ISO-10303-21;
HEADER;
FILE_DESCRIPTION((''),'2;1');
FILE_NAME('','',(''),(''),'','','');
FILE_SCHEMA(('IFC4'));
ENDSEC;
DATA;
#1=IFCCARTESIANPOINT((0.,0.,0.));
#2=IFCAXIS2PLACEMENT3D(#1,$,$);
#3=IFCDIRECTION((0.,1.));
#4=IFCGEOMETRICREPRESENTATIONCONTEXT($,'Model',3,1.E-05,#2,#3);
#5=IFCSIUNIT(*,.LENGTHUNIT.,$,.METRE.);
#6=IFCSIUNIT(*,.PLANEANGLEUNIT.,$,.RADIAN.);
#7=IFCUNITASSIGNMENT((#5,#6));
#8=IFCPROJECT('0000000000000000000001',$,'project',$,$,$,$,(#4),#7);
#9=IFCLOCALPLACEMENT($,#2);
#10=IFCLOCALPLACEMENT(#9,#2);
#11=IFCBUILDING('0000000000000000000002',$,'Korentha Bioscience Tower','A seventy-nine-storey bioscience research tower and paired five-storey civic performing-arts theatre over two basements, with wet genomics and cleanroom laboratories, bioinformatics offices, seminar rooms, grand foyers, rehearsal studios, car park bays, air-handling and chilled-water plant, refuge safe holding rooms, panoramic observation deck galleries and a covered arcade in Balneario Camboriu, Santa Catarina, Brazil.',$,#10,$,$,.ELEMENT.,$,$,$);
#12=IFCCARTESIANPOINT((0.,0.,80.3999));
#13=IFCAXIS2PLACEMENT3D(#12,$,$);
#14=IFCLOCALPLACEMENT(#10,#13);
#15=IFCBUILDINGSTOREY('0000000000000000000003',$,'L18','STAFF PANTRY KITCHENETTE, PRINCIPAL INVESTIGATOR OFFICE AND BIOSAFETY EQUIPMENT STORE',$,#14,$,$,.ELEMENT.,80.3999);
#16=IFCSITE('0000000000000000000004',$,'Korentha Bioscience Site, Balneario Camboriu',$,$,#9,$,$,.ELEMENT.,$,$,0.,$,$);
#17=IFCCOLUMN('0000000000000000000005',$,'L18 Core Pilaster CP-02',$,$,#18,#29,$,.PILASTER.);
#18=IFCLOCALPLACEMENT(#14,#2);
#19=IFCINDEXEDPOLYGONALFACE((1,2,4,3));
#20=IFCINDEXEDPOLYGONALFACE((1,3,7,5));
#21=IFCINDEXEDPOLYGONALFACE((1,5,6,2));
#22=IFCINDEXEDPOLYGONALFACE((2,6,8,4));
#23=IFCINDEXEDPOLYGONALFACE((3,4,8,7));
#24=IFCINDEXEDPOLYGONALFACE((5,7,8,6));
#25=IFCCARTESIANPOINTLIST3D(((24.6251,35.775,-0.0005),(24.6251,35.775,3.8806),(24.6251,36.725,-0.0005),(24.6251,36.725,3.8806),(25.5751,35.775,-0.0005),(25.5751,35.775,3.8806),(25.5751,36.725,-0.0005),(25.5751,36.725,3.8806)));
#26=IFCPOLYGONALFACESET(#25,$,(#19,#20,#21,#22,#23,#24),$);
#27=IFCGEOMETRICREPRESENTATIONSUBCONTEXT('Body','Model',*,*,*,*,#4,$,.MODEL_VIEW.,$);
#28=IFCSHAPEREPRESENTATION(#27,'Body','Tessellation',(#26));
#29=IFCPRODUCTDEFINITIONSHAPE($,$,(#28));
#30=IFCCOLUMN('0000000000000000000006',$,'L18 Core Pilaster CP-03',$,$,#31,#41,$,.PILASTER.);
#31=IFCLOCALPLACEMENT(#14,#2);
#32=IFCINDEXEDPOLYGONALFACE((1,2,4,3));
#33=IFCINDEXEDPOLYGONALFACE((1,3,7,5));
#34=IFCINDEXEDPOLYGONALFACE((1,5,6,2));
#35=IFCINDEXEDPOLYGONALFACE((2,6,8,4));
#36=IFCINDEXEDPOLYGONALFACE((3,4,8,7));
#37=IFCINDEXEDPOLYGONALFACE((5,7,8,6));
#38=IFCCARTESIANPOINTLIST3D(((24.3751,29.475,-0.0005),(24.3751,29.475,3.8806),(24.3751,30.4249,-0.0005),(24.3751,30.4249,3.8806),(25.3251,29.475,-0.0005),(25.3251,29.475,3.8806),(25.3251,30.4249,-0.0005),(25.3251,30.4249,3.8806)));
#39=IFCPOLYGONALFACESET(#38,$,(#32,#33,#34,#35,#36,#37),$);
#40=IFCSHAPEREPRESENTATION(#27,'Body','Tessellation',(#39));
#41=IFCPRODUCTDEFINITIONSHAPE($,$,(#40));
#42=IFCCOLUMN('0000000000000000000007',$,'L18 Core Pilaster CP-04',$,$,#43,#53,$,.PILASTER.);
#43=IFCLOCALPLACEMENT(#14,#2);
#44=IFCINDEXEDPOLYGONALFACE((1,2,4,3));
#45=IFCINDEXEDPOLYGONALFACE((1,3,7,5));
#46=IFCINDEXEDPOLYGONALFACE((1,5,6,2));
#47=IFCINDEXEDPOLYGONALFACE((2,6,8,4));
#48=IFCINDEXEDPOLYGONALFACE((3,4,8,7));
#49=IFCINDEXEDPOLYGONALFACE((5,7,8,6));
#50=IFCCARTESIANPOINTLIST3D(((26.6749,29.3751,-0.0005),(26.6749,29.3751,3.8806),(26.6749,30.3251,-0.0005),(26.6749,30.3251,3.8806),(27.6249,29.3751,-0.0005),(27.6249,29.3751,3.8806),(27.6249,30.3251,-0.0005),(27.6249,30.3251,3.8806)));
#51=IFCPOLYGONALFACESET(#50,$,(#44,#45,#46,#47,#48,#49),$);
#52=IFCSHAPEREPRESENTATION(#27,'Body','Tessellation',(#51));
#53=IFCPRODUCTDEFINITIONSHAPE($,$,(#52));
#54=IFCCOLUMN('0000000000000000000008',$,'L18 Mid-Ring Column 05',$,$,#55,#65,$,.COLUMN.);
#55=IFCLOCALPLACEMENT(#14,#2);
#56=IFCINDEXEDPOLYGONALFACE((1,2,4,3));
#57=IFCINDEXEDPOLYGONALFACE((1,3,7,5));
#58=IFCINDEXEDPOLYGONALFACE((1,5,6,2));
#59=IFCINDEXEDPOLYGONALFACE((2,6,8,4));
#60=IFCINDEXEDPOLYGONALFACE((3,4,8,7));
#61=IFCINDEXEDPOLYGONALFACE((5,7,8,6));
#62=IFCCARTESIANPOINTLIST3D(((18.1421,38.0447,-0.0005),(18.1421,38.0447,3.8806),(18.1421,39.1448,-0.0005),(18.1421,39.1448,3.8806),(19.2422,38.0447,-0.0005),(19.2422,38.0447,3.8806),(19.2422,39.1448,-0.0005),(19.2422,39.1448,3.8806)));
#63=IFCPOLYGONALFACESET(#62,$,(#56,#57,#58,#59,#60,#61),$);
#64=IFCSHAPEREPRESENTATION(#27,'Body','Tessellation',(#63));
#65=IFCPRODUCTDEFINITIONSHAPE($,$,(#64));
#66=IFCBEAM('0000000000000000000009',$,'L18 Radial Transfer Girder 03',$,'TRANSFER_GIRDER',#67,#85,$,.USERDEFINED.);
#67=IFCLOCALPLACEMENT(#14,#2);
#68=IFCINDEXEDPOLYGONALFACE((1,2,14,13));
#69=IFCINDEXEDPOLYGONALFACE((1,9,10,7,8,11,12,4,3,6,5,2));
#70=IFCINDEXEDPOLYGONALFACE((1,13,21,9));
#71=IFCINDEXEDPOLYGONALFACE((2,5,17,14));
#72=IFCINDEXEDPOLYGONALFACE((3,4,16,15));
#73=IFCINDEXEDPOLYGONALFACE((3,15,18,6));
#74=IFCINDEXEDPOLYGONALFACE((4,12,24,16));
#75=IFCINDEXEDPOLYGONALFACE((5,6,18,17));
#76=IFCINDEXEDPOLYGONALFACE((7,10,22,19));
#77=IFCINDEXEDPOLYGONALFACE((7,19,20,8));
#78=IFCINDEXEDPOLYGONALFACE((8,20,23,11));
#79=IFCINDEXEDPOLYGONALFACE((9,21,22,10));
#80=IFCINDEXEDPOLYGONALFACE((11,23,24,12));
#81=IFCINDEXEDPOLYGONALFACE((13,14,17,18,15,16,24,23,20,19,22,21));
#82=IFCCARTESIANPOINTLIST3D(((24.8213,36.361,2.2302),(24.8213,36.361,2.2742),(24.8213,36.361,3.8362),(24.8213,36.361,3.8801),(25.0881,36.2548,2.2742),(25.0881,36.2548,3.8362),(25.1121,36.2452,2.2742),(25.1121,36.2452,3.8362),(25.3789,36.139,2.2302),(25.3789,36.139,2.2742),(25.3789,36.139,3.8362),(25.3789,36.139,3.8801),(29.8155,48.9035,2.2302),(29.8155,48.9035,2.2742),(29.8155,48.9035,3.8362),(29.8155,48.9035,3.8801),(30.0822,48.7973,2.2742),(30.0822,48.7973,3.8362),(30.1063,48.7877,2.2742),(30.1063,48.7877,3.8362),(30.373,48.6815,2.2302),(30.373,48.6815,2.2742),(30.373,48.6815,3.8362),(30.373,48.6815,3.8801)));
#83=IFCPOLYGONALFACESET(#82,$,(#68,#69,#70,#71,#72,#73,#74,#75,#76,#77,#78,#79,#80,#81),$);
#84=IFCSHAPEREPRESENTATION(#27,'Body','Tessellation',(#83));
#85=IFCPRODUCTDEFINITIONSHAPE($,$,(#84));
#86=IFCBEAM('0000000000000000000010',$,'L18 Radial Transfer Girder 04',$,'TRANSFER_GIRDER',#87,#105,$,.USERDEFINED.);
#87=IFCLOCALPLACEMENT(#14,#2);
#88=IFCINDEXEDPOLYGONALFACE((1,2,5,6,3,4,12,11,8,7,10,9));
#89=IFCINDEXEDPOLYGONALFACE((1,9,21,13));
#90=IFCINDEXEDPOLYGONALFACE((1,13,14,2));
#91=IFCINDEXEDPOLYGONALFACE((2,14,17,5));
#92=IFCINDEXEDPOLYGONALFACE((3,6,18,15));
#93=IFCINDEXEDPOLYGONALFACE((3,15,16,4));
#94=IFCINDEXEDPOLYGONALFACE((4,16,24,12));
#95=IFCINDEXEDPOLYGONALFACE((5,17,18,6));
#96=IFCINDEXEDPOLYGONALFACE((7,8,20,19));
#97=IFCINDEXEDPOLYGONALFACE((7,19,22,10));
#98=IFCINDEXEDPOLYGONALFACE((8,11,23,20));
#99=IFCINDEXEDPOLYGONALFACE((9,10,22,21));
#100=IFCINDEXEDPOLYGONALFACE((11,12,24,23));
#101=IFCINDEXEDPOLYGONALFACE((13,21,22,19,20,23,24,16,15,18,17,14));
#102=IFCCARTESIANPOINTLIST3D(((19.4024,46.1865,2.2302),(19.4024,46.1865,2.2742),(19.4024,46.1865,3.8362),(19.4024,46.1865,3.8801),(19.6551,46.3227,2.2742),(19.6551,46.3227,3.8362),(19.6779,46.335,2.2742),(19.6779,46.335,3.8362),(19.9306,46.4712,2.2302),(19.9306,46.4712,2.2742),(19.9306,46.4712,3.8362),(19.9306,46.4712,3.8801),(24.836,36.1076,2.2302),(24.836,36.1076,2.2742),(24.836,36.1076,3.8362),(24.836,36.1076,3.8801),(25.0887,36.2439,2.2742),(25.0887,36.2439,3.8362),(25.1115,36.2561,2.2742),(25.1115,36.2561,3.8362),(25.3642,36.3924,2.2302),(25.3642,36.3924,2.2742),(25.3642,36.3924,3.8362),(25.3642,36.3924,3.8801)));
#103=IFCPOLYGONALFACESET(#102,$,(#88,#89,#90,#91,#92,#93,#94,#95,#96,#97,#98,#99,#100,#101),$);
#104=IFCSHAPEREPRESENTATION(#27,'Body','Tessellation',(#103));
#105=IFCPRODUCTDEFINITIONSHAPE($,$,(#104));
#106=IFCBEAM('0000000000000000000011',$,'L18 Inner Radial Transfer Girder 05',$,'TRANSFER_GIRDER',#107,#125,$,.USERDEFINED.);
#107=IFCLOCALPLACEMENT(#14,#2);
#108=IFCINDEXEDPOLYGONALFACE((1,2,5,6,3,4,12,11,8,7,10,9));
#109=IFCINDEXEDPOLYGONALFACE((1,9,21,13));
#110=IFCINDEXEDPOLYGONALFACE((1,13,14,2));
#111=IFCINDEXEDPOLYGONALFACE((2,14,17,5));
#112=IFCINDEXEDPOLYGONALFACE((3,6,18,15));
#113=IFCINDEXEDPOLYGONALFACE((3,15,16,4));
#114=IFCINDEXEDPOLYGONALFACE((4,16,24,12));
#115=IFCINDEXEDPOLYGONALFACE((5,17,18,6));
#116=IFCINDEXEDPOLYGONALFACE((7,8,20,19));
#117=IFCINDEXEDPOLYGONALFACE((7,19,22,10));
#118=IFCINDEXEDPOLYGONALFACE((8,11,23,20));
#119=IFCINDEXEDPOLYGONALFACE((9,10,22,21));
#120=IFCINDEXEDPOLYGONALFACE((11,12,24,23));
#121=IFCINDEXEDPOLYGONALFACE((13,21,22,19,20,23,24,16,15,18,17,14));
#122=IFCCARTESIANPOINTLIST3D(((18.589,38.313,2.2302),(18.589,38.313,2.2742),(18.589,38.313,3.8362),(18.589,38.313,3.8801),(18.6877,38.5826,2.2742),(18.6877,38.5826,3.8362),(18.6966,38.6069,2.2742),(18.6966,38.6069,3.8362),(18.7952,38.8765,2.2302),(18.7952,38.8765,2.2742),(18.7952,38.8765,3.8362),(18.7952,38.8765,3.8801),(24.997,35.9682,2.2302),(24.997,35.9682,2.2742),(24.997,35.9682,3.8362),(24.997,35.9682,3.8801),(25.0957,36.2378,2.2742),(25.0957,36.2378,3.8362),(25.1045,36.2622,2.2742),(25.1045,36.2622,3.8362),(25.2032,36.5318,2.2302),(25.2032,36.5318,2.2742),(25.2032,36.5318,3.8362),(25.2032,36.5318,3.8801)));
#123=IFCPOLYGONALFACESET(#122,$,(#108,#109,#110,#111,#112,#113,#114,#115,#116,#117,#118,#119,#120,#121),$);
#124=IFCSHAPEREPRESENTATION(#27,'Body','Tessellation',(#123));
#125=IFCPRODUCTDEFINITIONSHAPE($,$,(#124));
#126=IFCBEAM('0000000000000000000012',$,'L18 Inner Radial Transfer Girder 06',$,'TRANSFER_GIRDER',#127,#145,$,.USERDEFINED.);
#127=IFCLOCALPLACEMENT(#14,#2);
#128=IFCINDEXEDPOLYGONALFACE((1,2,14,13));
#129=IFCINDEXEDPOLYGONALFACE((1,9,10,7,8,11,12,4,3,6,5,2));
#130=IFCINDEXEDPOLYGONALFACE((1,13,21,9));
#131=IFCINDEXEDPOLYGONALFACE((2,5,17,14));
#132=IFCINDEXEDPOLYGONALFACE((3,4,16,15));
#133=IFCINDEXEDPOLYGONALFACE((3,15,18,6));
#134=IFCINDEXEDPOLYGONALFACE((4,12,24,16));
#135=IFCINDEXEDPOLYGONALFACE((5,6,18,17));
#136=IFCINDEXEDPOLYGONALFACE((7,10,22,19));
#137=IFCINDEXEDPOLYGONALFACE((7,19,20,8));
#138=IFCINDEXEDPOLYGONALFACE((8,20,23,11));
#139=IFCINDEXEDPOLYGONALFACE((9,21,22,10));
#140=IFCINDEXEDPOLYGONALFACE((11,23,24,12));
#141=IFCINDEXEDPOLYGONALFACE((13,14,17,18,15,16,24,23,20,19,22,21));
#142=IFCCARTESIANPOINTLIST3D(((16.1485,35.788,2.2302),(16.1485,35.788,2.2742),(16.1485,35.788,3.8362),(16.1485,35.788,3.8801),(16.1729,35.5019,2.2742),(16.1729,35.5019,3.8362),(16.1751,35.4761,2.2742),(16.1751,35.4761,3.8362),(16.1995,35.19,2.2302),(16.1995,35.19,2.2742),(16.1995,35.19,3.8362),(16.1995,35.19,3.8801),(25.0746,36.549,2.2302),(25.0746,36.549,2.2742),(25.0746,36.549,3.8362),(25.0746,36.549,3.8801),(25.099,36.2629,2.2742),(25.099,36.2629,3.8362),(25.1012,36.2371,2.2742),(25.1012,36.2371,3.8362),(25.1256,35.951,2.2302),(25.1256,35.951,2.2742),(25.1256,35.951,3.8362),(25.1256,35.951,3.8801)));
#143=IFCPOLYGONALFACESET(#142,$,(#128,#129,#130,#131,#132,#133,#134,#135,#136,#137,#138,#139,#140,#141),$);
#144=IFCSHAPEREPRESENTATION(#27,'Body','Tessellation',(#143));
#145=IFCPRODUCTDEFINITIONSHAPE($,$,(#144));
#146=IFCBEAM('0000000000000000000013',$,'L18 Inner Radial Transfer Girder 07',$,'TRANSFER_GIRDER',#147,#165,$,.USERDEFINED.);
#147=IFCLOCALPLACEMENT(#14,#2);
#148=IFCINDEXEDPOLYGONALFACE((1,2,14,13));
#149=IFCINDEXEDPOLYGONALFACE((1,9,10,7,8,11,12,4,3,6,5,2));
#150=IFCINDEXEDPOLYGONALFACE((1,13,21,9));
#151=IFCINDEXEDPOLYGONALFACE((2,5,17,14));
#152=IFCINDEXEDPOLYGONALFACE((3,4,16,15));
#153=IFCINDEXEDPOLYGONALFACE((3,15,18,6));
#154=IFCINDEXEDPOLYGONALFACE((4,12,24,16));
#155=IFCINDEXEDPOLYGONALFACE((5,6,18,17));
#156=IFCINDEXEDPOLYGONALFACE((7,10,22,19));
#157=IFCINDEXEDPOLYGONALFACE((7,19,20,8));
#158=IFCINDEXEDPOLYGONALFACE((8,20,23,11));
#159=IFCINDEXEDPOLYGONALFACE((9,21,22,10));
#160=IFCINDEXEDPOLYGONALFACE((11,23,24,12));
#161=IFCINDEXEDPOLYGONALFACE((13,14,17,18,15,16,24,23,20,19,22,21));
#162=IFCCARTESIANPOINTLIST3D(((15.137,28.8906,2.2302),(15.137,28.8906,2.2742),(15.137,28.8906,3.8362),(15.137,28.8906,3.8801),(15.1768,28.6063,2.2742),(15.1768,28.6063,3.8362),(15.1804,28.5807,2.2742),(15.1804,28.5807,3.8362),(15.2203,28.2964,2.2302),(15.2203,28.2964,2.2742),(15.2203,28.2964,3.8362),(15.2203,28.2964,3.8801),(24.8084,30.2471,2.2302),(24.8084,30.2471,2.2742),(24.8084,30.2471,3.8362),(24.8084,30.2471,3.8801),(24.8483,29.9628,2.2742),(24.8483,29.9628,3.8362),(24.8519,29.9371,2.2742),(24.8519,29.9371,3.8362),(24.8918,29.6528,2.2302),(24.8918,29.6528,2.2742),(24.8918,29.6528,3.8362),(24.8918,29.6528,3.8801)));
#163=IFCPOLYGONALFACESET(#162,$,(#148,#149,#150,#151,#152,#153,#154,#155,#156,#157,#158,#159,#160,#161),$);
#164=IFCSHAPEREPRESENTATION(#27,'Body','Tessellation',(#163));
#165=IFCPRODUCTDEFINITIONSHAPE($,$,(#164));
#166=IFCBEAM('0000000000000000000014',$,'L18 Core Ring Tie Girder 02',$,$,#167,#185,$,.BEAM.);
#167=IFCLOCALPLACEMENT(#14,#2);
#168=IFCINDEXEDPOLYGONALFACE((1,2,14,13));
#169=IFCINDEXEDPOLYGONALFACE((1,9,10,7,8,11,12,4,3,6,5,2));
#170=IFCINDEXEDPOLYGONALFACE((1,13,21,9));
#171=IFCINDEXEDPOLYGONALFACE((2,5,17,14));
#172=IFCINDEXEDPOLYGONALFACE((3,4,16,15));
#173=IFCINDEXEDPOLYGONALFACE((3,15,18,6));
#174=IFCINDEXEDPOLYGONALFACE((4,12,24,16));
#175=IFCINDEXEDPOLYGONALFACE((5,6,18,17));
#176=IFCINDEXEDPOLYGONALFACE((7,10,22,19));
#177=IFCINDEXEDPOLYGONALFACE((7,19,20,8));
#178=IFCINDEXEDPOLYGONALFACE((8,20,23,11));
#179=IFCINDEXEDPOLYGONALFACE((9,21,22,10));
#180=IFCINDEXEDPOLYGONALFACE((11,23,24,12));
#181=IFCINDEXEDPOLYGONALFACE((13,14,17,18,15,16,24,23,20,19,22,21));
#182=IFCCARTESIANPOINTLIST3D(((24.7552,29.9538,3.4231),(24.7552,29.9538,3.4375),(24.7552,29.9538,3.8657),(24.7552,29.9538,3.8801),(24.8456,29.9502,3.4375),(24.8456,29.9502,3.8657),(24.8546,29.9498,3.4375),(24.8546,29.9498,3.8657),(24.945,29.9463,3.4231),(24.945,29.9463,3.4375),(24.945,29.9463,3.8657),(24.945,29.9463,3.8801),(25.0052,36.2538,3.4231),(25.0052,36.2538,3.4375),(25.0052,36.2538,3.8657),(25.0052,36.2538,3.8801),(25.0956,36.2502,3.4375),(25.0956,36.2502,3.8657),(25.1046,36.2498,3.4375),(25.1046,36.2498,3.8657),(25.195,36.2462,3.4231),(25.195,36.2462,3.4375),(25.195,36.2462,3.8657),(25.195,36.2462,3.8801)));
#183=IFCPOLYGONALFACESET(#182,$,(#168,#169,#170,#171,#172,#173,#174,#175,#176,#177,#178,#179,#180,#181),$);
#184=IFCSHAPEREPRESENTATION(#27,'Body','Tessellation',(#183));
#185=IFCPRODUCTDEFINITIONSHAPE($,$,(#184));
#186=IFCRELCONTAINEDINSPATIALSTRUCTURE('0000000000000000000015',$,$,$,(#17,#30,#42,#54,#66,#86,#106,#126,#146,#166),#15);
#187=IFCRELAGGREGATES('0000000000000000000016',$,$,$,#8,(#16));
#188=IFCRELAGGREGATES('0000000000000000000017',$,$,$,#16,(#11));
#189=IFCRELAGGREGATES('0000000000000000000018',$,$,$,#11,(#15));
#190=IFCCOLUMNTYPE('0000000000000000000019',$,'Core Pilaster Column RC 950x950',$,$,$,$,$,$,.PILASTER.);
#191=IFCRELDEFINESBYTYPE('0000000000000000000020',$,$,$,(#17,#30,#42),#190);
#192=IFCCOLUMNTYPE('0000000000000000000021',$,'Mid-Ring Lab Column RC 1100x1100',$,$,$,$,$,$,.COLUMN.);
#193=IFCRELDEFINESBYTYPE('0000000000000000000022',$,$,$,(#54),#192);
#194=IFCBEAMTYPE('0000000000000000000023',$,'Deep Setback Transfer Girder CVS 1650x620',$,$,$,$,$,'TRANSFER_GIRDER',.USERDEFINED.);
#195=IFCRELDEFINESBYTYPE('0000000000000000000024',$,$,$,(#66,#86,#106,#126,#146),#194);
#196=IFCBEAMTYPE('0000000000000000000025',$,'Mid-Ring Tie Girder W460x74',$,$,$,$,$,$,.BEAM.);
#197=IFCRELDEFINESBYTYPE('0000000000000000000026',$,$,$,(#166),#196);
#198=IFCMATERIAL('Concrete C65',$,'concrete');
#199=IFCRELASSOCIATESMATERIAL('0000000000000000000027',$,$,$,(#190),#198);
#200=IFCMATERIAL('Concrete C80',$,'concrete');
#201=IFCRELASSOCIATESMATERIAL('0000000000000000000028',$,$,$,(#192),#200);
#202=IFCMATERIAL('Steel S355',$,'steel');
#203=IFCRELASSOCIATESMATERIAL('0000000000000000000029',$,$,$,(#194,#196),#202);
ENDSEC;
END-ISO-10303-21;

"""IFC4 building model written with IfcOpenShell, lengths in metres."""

from ifc_helpers import new_model, si_unit, direction, frame, origin, origin_2d, place, context, subcontext, project, spatial, rectangle, i_section, extrude, material, material_profile, profile_set, type_object, element, save


model = new_model("IFC4")

# Units and contexts
model_context = context("Model", 3, precision=1e-05, world=origin(), true_north=direction((0.0, 1.0)))
body_context = subcontext(model_context, "Body", "Model", "MODEL_VIEW")
ifc_project = project(units=[si_unit("LENGTHUNIT", "METRE"), si_unit("PLANEANGLEUNIT", "RADIAN")], contexts=[model_context])

# Site, building, storey
site_placement = place(None, origin())
site = spatial("IfcSite", under=ifc_project, at=site_placement, Name="Korentha Bioscience Site, Balneario Camboriu", CompositionType="ELEMENT", RefElevation=0.0)
building_placement = place(site_placement, origin())
building = spatial("IfcBuilding", under=site, at=building_placement, Name="Korentha Bioscience Tower", Description="A seventy-nine-storey bioscience research tower and paired five-storey civic performing-arts theatre over two basements, with wet genomics and cleanroom laboratories, bioinformatics offices, seminar rooms, grand foyers, rehearsal studios, car park bays, air-handling and chilled-water plant, refuge safe holding rooms, panoramic observation deck galleries and a covered arcade in Balneario Camboriu, Santa Catarina, Brazil.", CompositionType="ELEMENT")
storey_placement = place(building_placement, frame((0.0, 0.0, 80.3999)))
storey = spatial("IfcBuildingStorey", under=building, at=storey_placement, Name="L18", Description="STAFF PANTRY KITCHENETTE, PRINCIPAL INVESTIGATOR OFFICE AND BIOSAFETY EQUIPMENT STORE", CompositionType="ELEMENT", Elevation=80.3999)

# Columns
ifc_material_1 = material(Name="Concrete C65", Category="concrete")
ifc_material_profile_1 = material_profile(ifc_material_1, rectangle(XDim=0.95, YDim=0.95, at=origin_2d()), Name="Concrete C65")
ifc_profile_set_1 = profile_set([ifc_material_profile_1], Name="Concrete C65 (COL-CP09)")
column_type_1 = type_object("IfcColumnType", Name="Core Pilaster Column RC 950x950", PredefinedType="PILASTER", material=ifc_profile_set_1)
for number, where, z_axis, x_axis, name in (
    (1, (25.1001, 36.25, -0.0005), (0.0, 0.0, 1.0), (1.0, 0.0, 0.0), "L18 Core Pilaster CP-02"),
    (2, (24.8501, 29.95, -0.0005), (0.0, 0.0, 1.0), (1.0, 0.0, 0.0), "L18 Core Pilaster CP-03"),
    (3, (27.1499, 29.8501, -0.0005), (0.0, 0.0, 1.0), (1.0, 0.0, 0.0), "L18 Core Pilaster CP-04"),
):
    element("IfcColumn", number, at=place(storey_placement, frame(where, z_axis=z_axis, x_axis=x_axis)), inside=storey, type_object=column_type_1, Name=name, PredefinedType="PILASTER", context=body_context, shape_type="SweptSolid", body=[
        extrude(rectangle(XDim=0.95, YDim=0.95, at=origin_2d()), origin(), (0.0, 0.0, 1.0), 3.8811),
    ])
ifc_material_2 = material(Name="Concrete C80", Category="concrete")
ifc_material_profile_2 = material_profile(ifc_material_2, rectangle(XDim=1.1001, YDim=1.1001, at=origin_2d()), Name="Concrete C80")
ifc_profile_set_2 = profile_set([ifc_material_profile_2], Name="Concrete C80 (COL-MR11)")
column_type_2 = type_object("IfcColumnType", Name="Mid-Ring Lab Column RC 1100x1100", PredefinedType="COLUMN", material=ifc_profile_set_2)
column_placement = place(storey_placement, frame((18.6921, 38.5947, -0.0005), z_axis=(0.0, 0.0, 1.0), x_axis=(1.0, 0.0, 0.0)))
element("IfcColumn", 4, at=column_placement, inside=storey, type_object=column_type_2, Name="L18 Mid-Ring Column 05", PredefinedType="COLUMN", context=body_context, shape_type="SweptSolid", body=[
    extrude(rectangle(XDim=1.1001, YDim=1.1001, at=origin_2d()), origin(), (0.0, 0.0, 1.0), 3.8811),
])

# Beams
ifc_material_3 = material(Name="Steel S355", Category="steel")
ifc_material_profile_3 = material_profile(ifc_material_3, i_section(OverallWidth=0.6001, OverallDepth=1.6499, WebThickness=0.0259, FlangeThickness=0.0439, at=origin_2d()), Name="Steel S355")
ifc_profile_set_3 = profile_set([ifc_material_profile_3], Name="Steel S355 (TG-04)")
beam_type_1 = type_object("IfcBeamType", Name="Deep Setback Transfer Girder CVS 1650x620", ElementType="TRANSFER_GIRDER", PredefinedType="USERDEFINED", material=ifc_profile_set_3)
beam_1_placement = place(storey_placement, frame((25.1001, 36.25, 3.0552), z_axis=(0.369931, 0.929059, 0.0), x_axis=(-0.929059, 0.369931, 0.0)))
element("IfcBeam", 5, at=beam_1_placement, inside=storey, type_object=beam_type_1, Name="L18 Radial Transfer Girder 03", ObjectType="TRANSFER_GIRDER", PredefinedType="USERDEFINED", context=body_context, shape_type="SweptSolid", body=[
    extrude(i_section(OverallWidth=0.6001, OverallDepth=1.6499, WebThickness=0.0259, FlangeThickness=0.0439, at=origin_2d()), origin(), (0.0, 0.0, 1.0), 13.5002),
])
beam_2_placement = place(storey_placement, frame((25.1001, 36.25, 3.0552), z_axis=(-0.474541, 0.880233, 0.0), x_axis=(-0.880233, -0.474541, 0.0)))
element("IfcBeam", 6, at=beam_2_placement, inside=storey, type_object=beam_type_1, Name="L18 Radial Transfer Girder 04", ObjectType="TRANSFER_GIRDER", PredefinedType="USERDEFINED", context=body_context, shape_type="SweptSolid", body=[
    extrude(i_section(OverallWidth=0.6001, OverallDepth=1.6499, WebThickness=0.0259, FlangeThickness=0.0439, at=origin_2d()), origin(), (0.0, 0.0, 1.0), 11.4502),
])
beam_3_placement = place(storey_placement, frame((25.1001, 36.25, 3.0552), z_axis=(-0.939106, 0.343627, 0.0), x_axis=(-0.343627, -0.939106, 0.0)))
element("IfcBeam", 7, at=beam_3_placement, inside=storey, type_object=beam_type_1, Name="L18 Inner Radial Transfer Girder 05", ObjectType="TRANSFER_GIRDER", PredefinedType="USERDEFINED", context=body_context, shape_type="SweptSolid", body=[
    extrude(i_section(OverallWidth=0.6001, OverallDepth=1.6499, WebThickness=0.0259, FlangeThickness=0.0439, at=origin_2d()), origin(), (0.0, 0.0, 1.0), 6.8235),
])
beam_4_placement = place(storey_placement, frame((25.1001, 36.25, 3.0552), z_axis=(-0.996386, -0.084947, 0.0), x_axis=(0.084947, -0.996386, 0.0)))
element("IfcBeam", 8, at=beam_4_placement, inside=storey, type_object=beam_type_1, Name="L18 Inner Radial Transfer Girder 06", ObjectType="TRANSFER_GIRDER", PredefinedType="USERDEFINED", context=body_context, shape_type="SweptSolid", body=[
    extrude(i_section(OverallWidth=0.6001, OverallDepth=1.6499, WebThickness=0.0259, FlangeThickness=0.0439, at=origin_2d()), origin(), (0.0, 0.0, 1.0), 8.9585),
])
beam_5_placement = place(storey_placement, frame((24.8501, 29.95, 3.0552), z_axis=(-0.990307, -0.138894, 0.0), x_axis=(0.138894, -0.990307, 0.0)))
element("IfcBeam", 9, at=beam_5_placement, inside=storey, type_object=beam_type_1, Name="L18 Inner Radial Transfer Girder 07", ObjectType="TRANSFER_GIRDER", PredefinedType="USERDEFINED", context=body_context, shape_type="SweptSolid", body=[
    extrude(i_section(OverallWidth=0.6001, OverallDepth=1.6499, WebThickness=0.0259, FlangeThickness=0.0439, at=origin_2d()), origin(), (0.0, 0.0, 1.0), 9.7661),
])
ifc_material_profile_4 = material_profile(ifc_material_3, i_section(OverallWidth=0.1899, OverallDepth=0.457, WebThickness=0.009, FlangeThickness=0.0144, at=origin_2d()), Name="Steel S355")
ifc_profile_set_4 = profile_set([ifc_material_profile_4], Name="Steel S355 (MB-460)")
beam_type_2 = type_object("IfcBeamType", Name="Mid-Ring Tie Girder W460x74", PredefinedType="BEAM", material=ifc_profile_set_4)
beam_6_placement = place(storey_placement, frame((25.1001, 36.25, 3.6516), z_axis=(-0.039651, -0.999214, 0.0), x_axis=(0.999214, -0.039651, 0.0)))
element("IfcBeam", 10, at=beam_6_placement, inside=storey, type_object=beam_type_2, Name="L18 Core Ring Tie Girder 02", PredefinedType="BEAM", context=body_context, shape_type="SweptSolid", body=[
    extrude(i_section(OverallWidth=0.1899, OverallDepth=0.457, WebThickness=0.009, FlangeThickness=0.0144, at=origin_2d()), origin(), (0.0, 0.0, 1.0), 6.3049),
])

save(model, "model.ifc")
